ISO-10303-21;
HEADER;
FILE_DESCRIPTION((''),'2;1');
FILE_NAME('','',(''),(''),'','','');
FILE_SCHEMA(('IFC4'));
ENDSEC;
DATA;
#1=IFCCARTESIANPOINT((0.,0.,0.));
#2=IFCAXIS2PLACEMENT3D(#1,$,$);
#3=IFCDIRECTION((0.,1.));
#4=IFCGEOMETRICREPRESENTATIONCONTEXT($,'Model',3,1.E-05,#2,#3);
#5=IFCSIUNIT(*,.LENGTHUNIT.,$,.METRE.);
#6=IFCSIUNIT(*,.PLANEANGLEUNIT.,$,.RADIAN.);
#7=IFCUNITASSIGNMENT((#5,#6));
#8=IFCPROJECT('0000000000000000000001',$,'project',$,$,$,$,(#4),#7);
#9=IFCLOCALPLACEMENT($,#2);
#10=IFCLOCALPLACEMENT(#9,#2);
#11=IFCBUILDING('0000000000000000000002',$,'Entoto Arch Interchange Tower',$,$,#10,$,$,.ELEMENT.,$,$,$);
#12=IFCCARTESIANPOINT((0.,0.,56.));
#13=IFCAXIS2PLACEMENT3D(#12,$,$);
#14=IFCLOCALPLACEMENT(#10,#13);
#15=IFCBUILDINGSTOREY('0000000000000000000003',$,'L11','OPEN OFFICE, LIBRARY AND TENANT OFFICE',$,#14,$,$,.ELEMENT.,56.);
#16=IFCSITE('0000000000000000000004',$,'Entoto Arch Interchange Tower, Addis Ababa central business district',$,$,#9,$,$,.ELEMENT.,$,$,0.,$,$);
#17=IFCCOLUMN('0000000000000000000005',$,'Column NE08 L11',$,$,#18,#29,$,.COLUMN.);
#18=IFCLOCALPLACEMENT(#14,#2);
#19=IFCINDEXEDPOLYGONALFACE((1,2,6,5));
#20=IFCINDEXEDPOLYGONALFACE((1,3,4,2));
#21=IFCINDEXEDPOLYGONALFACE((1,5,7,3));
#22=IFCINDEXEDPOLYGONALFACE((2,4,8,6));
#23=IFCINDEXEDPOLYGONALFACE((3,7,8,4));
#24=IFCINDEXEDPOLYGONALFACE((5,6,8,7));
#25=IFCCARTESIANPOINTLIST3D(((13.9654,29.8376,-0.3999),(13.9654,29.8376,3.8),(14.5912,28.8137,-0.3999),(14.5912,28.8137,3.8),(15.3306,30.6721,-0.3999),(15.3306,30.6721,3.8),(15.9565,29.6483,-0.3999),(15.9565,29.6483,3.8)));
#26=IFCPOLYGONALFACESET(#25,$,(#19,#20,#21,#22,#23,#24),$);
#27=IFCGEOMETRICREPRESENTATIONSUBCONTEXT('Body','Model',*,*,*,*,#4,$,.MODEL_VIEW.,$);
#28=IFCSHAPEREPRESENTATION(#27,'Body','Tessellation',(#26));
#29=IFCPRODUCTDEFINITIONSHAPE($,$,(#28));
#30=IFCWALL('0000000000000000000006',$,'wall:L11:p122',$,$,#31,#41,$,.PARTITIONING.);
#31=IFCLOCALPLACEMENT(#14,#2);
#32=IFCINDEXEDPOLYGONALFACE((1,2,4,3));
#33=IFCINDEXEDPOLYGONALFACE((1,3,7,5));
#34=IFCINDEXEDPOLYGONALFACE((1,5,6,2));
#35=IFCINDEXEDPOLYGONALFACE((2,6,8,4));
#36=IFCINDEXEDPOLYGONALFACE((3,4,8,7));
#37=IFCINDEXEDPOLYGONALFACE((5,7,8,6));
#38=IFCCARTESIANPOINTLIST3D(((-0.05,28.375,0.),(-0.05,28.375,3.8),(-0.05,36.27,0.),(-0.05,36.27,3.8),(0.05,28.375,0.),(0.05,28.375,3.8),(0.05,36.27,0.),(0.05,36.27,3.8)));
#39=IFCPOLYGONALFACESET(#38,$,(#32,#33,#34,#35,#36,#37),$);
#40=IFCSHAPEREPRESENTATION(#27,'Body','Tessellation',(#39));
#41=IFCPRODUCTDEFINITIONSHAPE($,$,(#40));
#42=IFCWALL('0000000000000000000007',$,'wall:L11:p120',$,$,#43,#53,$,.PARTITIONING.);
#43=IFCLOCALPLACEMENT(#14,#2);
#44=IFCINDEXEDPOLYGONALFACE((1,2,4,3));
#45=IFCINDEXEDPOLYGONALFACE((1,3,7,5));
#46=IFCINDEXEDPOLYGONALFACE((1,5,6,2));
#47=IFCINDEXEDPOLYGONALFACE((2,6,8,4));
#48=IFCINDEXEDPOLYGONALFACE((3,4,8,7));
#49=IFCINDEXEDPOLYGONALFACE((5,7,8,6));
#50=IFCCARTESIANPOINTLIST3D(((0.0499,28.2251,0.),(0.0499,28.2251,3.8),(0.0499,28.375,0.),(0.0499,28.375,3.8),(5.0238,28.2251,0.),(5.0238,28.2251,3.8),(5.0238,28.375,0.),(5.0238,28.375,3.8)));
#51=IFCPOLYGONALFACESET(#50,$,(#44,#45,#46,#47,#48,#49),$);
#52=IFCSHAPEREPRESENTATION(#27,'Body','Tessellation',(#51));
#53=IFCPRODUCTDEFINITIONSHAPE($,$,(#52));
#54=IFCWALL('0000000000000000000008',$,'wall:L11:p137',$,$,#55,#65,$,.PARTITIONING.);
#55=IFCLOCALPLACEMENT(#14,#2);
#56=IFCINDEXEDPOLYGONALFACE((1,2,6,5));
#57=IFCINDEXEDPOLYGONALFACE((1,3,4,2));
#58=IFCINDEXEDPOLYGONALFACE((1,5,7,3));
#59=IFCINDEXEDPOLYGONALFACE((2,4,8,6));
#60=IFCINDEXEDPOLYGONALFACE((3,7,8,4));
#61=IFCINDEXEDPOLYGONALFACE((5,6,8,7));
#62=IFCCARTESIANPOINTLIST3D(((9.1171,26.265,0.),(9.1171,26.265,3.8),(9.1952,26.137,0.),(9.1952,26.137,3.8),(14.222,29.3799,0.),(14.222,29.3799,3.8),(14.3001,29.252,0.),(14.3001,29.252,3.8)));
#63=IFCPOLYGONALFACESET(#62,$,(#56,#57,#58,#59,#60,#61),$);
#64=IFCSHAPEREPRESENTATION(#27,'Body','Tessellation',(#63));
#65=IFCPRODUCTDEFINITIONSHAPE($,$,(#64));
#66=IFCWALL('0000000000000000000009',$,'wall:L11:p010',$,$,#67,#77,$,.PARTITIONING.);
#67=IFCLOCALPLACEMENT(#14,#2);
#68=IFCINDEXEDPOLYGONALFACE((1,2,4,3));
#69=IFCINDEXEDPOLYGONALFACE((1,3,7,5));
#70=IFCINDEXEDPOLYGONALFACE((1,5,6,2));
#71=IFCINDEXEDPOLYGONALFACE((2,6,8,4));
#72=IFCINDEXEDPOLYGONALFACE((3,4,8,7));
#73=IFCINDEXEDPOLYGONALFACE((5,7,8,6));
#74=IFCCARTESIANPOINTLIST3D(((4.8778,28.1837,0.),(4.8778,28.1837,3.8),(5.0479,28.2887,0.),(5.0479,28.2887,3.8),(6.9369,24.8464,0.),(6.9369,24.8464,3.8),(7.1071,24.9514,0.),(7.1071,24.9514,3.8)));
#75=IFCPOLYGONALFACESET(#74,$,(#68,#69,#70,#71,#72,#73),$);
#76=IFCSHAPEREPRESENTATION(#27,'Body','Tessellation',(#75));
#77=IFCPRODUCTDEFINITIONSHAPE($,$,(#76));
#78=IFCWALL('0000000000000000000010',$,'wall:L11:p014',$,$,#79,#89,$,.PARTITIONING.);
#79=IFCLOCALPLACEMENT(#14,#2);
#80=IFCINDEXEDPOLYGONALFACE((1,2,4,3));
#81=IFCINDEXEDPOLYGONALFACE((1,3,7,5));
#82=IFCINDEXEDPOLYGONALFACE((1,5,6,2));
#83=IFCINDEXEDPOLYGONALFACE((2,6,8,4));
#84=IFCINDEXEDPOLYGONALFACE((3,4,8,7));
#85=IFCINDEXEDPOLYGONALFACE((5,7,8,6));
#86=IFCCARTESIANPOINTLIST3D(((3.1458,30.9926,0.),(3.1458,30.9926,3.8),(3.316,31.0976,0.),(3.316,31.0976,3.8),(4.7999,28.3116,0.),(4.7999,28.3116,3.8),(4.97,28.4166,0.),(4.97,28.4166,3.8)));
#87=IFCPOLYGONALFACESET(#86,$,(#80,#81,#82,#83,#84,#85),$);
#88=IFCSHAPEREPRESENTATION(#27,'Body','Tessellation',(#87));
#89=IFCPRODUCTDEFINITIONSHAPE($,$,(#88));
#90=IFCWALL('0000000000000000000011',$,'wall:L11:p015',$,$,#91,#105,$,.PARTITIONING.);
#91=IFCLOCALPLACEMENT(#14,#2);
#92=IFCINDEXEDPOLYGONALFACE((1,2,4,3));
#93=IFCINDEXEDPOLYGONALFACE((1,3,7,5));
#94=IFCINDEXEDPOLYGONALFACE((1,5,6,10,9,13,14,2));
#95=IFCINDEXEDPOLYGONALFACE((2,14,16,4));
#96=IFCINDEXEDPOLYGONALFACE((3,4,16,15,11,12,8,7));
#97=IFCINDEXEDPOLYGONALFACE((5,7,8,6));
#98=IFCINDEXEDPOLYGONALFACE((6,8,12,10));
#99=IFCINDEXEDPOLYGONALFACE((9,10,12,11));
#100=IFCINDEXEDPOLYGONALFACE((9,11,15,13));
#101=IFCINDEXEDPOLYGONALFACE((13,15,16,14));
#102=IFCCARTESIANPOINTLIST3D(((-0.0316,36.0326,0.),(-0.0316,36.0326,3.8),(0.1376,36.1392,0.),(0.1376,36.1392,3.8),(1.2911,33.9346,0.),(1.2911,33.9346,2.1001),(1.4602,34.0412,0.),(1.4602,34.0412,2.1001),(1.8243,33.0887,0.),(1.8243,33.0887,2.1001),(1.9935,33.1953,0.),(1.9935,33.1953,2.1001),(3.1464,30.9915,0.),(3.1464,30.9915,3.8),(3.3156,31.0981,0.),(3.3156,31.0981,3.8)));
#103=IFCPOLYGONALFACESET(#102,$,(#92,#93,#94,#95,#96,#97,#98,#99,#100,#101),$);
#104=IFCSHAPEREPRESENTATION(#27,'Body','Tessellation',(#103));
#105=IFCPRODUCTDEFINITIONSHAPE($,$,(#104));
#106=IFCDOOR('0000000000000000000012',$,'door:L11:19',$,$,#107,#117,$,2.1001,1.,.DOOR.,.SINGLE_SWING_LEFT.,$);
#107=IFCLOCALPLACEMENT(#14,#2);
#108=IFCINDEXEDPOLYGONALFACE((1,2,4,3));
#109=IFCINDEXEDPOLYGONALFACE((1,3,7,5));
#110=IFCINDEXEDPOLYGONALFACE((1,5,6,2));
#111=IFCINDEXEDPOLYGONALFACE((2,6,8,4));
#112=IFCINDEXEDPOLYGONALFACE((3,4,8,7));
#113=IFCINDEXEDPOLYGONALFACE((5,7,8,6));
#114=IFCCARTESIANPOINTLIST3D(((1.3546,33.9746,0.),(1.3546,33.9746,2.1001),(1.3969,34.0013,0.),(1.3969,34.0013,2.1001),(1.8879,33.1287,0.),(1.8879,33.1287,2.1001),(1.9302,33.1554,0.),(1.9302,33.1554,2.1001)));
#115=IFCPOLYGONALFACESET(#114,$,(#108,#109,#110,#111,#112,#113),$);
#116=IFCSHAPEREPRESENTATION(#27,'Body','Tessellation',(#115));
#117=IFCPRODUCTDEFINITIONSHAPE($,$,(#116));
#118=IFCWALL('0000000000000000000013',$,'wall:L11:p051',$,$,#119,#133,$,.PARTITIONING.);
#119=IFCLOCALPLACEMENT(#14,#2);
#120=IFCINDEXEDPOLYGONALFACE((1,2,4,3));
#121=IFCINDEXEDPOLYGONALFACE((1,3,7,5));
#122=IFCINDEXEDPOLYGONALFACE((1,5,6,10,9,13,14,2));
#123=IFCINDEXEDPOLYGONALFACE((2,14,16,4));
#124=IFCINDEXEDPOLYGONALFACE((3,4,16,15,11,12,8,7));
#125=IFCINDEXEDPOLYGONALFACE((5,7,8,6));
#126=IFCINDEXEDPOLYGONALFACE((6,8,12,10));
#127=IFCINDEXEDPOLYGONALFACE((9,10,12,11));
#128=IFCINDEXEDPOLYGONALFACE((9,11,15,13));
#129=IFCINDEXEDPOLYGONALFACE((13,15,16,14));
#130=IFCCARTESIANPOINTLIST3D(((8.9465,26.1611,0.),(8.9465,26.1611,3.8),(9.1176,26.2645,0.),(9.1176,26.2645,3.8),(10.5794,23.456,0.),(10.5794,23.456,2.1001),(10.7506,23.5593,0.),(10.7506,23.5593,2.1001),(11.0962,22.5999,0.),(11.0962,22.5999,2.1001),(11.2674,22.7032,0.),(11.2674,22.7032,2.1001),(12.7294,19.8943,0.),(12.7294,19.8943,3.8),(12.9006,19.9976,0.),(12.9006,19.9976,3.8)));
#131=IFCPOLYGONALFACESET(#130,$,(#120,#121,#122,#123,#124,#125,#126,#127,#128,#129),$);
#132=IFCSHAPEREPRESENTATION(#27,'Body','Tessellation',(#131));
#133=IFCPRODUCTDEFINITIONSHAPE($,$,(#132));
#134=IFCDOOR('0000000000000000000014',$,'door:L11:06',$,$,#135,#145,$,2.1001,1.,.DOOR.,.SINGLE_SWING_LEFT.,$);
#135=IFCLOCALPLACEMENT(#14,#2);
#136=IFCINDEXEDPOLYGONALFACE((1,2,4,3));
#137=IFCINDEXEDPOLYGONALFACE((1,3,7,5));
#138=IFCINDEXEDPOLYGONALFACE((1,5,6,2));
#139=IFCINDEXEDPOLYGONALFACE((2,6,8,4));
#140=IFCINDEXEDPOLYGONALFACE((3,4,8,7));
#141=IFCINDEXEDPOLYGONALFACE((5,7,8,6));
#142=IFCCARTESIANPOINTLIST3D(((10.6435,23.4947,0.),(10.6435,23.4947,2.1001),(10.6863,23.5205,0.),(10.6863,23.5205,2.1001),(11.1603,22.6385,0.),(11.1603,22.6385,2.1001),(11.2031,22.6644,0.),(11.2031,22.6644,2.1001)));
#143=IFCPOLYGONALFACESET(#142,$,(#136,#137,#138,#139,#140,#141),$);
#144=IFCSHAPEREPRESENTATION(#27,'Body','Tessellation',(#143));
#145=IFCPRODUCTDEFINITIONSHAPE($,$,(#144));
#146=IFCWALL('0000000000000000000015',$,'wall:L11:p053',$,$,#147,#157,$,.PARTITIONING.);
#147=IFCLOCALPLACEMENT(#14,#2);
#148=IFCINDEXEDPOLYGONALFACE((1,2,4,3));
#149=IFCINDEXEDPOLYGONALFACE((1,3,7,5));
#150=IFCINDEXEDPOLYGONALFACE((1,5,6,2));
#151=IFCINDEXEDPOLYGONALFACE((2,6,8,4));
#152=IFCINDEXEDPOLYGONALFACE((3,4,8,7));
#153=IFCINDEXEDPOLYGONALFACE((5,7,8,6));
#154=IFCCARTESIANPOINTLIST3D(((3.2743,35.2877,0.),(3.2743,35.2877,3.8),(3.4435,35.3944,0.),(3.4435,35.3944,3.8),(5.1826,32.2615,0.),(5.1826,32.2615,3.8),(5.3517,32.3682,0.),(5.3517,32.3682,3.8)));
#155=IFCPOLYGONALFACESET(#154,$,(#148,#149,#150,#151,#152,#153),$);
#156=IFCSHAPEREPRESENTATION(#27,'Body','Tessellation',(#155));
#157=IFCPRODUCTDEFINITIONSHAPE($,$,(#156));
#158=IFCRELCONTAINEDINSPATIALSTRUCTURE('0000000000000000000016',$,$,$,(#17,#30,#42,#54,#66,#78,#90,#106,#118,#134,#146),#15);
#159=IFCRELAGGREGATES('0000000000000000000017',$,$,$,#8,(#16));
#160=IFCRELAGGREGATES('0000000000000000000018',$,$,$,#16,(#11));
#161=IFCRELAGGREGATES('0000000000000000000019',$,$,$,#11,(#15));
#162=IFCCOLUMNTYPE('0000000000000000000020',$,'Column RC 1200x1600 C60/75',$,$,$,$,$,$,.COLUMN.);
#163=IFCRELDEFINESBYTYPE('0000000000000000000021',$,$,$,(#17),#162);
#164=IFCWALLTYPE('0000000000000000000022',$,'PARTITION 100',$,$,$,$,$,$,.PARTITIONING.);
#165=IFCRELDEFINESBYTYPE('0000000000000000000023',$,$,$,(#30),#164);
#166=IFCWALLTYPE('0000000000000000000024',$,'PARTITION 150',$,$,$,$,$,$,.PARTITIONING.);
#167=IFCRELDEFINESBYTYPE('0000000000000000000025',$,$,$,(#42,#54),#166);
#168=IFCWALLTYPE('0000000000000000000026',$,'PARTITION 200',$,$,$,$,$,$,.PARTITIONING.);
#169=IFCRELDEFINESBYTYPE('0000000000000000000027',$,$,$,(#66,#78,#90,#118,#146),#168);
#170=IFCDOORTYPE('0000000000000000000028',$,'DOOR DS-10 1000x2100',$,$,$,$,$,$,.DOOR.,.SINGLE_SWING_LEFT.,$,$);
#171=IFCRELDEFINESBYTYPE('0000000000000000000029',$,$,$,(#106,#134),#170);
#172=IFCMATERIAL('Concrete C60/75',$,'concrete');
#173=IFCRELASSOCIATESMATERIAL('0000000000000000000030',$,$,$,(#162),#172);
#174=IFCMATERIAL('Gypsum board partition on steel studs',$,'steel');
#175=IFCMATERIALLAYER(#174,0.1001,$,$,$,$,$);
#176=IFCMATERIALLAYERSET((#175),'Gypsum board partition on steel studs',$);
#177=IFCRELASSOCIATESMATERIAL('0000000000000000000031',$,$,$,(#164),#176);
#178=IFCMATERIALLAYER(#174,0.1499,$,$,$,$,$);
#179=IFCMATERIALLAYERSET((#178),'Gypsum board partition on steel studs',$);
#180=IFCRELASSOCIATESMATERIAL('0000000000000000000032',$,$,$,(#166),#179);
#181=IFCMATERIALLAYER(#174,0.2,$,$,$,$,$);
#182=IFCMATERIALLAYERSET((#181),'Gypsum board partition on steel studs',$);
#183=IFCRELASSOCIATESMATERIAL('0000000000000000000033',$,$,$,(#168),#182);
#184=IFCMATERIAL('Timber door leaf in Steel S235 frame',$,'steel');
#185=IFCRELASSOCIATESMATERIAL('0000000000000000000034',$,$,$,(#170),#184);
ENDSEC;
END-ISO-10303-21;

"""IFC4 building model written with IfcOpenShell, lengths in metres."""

from ifc_helpers import new_model, si_unit, direction, frame, frame_2d, origin, origin_2d, place, context, subcontext, project, spatial, rectangle, extrude, material, layer, layer_set, material_profile, profile_set, type_object, element, fill, save


model = new_model("IFC4")

# Units and contexts
model_context = context("Model", 3, precision=1e-05, world=origin(), true_north=direction((0.0, 1.0)))
body_context = subcontext(model_context, "Body", "Model", "MODEL_VIEW")
ifc_project = project(units=[si_unit("LENGTHUNIT", "METRE"), si_unit("PLANEANGLEUNIT", "RADIAN")], contexts=[model_context])

# Site, building, storey
site_placement = place(None, origin())
site = spatial("IfcSite", under=ifc_project, at=site_placement, Name="Entoto Arch Interchange Tower, Addis Ababa central business district", CompositionType="ELEMENT", RefElevation=0.0)
building_placement = place(site_placement, origin())
building = spatial("IfcBuilding", under=site, at=building_placement, Name="Entoto Arch Interchange Tower", CompositionType="ELEMENT")
storey_placement = place(building_placement, frame((0.0, 0.0, 56.0)))
storey = spatial("IfcBuildingStorey", under=building, at=storey_placement, Name="L11", Description="OPEN OFFICE, LIBRARY AND TENANT OFFICE", CompositionType="ELEMENT", Elevation=56.0)

# Column
ifc_material_1 = material(Name="Concrete C60/75", Category="concrete")
ifc_material_profile = material_profile(ifc_material_1, rectangle(XDim=1.2, YDim=1.6001, at=origin_2d()))
ifc_profile_set = profile_set([ifc_material_profile], Name="Concrete C60/75")
column_type = type_object("IfcColumnType", Name="Column RC 1200x1600 C60/75", PredefinedType="COLUMN", material=ifc_profile_set)
column_placement = place(storey_placement, frame((14.9609, 29.7429, -0.3999), z_axis=(0.0, 0.0, 1.0), x_axis=(-0.521546, 0.853223, 0.0)))
element("IfcColumn", 1, at=column_placement, inside=storey, type_object=column_type, Name="Column NE08 L11", PredefinedType="COLUMN", context=body_context, shape_type="SweptSolid", body=[
    extrude(rectangle(XDim=1.2, YDim=1.6001, at=origin_2d()), origin(), (0.0, 0.0, 1.0), 4.2),
])

# Walls
ifc_material_2 = material(Name="Gypsum board partition on steel studs", Category="steel")
ifc_layer_1 = layer(ifc_material_2, 0.1001)
ifc_layer_set_1 = layer_set([ifc_layer_1], Name="Gypsum board partition on steel studs")
wall_type_1 = type_object("IfcWallType", Name="PARTITION 100", PredefinedType="PARTITIONING", material=ifc_layer_set_1)
wall_1_placement = place(storey_placement, frame((0.0, 28.375, 0.0), z_axis=(0.0, 0.0, 1.0), x_axis=(0.0, 1.0, 0.0)))
element("IfcWall", 2, at=wall_1_placement, inside=storey, type_object=wall_type_1, Name="wall:L11:p122", PredefinedType="PARTITIONING", context=body_context, shape_type="SweptSolid", body=[
    extrude(rectangle(XDim=7.895, YDim=0.1001, at=frame_2d((3.9475, 0.0))), origin(), (0.0, 0.0, 1.0), 3.8),
])
ifc_layer_2 = layer(ifc_material_2, 0.1499)
ifc_layer_set_2 = layer_set([ifc_layer_2], Name="Gypsum board partition on steel studs")
wall_type_2 = type_object("IfcWallType", Name="PARTITION 150", PredefinedType="PARTITIONING", material=ifc_layer_set_2)
wall_2_placement = place(storey_placement, frame((0.05, 28.3, 0.0), z_axis=(0.0, 0.0, 1.0), x_axis=(1.0, 0.0, 0.0)))
element("IfcWall", 3, at=wall_2_placement, inside=storey, type_object=wall_type_2, Name="wall:L11:p120", PredefinedType="PARTITIONING", context=body_context, shape_type="SweptSolid", body=[
    extrude(rectangle(XDim=4.9739, YDim=0.1499, at=frame_2d((2.4868, 0.0))), origin(), (0.0, 0.0, 1.0), 3.8),
])
wall_3_placement = place(storey_placement, frame((9.156, 26.2009, 0.0), z_axis=(0.0, 0.0, 1.0), x_axis=(0.853633, 0.520875, 0.0)))
element("IfcWall", 4, at=wall_3_placement, inside=storey, type_object=wall_type_2, Name="wall:L11:p137", PredefinedType="PARTITIONING", context=body_context, shape_type="SweptSolid", body=[
    extrude(rectangle(XDim=5.9802, YDim=0.1499, at=frame_2d((2.9902, 0.0))), origin(), (0.0, 0.0, 1.0), 3.8),
])
ifc_layer_3 = layer(ifc_material_2, 0.2)
ifc_layer_set_3 = layer_set([ifc_layer_3], Name="Gypsum board partition on steel studs")
wall_type_3 = type_object("IfcWallType", Name="PARTITION 200", PredefinedType="PARTITIONING", material=ifc_layer_set_3)
wall_4_placement = place(storey_placement, frame((7.022, 24.8989, 0.0), z_axis=(0.0, 0.0, 1.0), x_axis=(-0.525104, 0.851038, 0.0)))
element("IfcWall", 5, at=wall_4_placement, inside=storey, type_object=wall_type_3, Name="wall:L11:p010", PredefinedType="PARTITIONING", context=body_context, shape_type="SweptSolid", body=[
    extrude(rectangle(XDim=3.9214, YDim=0.2, at=frame_2d((1.9607, 0.0))), origin(), (0.0, 0.0, 1.0), 3.8),
])
wall_5_placement = place(storey_placement, frame((4.885, 28.364, 0.0), z_axis=(0.0, 0.0, 1.0), x_axis=(-0.525079, 0.851054, 0.0)))
element("IfcWall", 6, at=wall_5_placement, inside=storey, type_object=wall_type_3, Name="wall:L11:p014", PredefinedType="PARTITIONING", context=body_context, shape_type="SweptSolid", body=[
    extrude(rectangle(XDim=3.1501, YDim=0.2, at=frame_2d((1.5752, 0.0))), origin(), (0.0, 0.0, 1.0), 3.8),
])

# Walls, openings, doors
wall_6_placement = place(storey_placement, frame((3.231, 31.0449, 0.0), z_axis=(0.0, 0.0, 1.0), x_axis=(-0.533295, 0.84593, 0.0)))
wall_6 = element("IfcWall", 7, at=wall_6_placement, inside=storey, type_object=wall_type_3, Name="wall:L11:p015", PredefinedType="PARTITIONING", context=body_context, shape_type="SweptSolid", body=[
    extrude(rectangle(XDim=5.9592, YDim=0.2, at=frame_2d((2.9795, 0.0))), origin(), (0.0, 0.0, 1.0), 3.8),
])
opening_1_placement = place(wall_6_placement, frame((2.479, 0.0, 0.0)))
opening_1 = element("IfcOpeningElement", 8, at=opening_1_placement, cuts=wall_6, PredefinedType="OPENING", context=body_context, shape_type="SweptSolid", body=[
    extrude(rectangle(XDim=1.0, YDim=2.1001, at=frame_2d((0.5, 1.05))), frame((0.0, 0.1099, 0.0), z_axis=(0.0, -1.0, 0.0), x_axis=(1.0, 0.0, 0.0)), (0.0, 0.0, 1.0), 0.22),
])
ifc_material_3 = material(Name="Timber door leaf in Steel S235 frame", Category="steel")
door_type = type_object("IfcDoorType", Name="DOOR DS-10 1000x2100", OperationType="SINGLE_SWING_LEFT", PredefinedType="DOOR", material=ifc_material_3)
door_1_placement = place(opening_1_placement, origin())
door_1 = element("IfcDoor", 9, at=door_1_placement, inside=storey, type_object=door_type, Name="door:L11:19", OperationType="SINGLE_SWING_LEFT", OverallHeight=2.1001, OverallWidth=1.0, PredefinedType="DOOR", context=body_context, shape_type="SweptSolid", body=[
    extrude(rectangle(XDim=1.0, YDim=2.1001, at=frame_2d((0.5, 1.05))), frame((0.0, 0.0249, 0.0), z_axis=(0.0, -1.0, 0.0), x_axis=(1.0, 0.0, 0.0)), (0.0, 0.0, 1.0), 0.05),
])
fill(opening_1, door_1)
wall_7_placement = place(storey_placement, frame((9.032, 26.2129, 0.0), z_axis=(0.0, 0.0, 1.0), x_axis=(0.516789, -0.856113, 0.0)))
wall_7 = element("IfcWall", 10, at=wall_7_placement, inside=storey, type_object=wall_type_3, Name="wall:L11:p051", PredefinedType="PARTITIONING", context=body_context, shape_type="SweptSolid", body=[
    extrude(rectangle(XDim=7.3201, YDim=0.2, at=frame_2d((3.6602, 0.0))), origin(), (0.0, 0.0, 1.0), 3.8),
])
opening_2_placement = place(wall_7_placement, frame((3.1599, 0.0, 0.0)))
opening_2 = element("IfcOpeningElement", 11, at=opening_2_placement, cuts=wall_7, PredefinedType="OPENING", context=body_context, shape_type="SweptSolid", body=[
    extrude(rectangle(XDim=1.0, YDim=2.1001, at=frame_2d((0.5, 1.05))), frame((0.0, 0.1099, 0.0), z_axis=(0.0, -1.0, 0.0), x_axis=(1.0, 0.0, 0.0)), (0.0, 0.0, 1.0), 0.22),
])
door_2_placement = place(opening_2_placement, origin())
door_2 = element("IfcDoor", 12, at=door_2_placement, inside=storey, type_object=door_type, Name="door:L11:06", OperationType="SINGLE_SWING_LEFT", OverallHeight=2.1001, OverallWidth=1.0, PredefinedType="DOOR", context=body_context, shape_type="SweptSolid", body=[
    extrude(rectangle(XDim=1.0, YDim=2.1001, at=frame_2d((0.5, 1.05))), frame((0.0, 0.0249, 0.0), z_axis=(0.0, -1.0, 0.0), x_axis=(1.0, 0.0, 0.0)), (0.0, 0.0, 1.0), 0.05),
])
fill(opening_2, door_2)

# Wall
wall_8_placement = place(storey_placement, frame((3.3589, 35.3411, 0.0), z_axis=(0.0, 0.0, 1.0), x_axis=(0.533387, -0.845871, 0.0)))
element("IfcWall", 13, at=wall_8_placement, inside=storey, type_object=wall_type_3, Name="wall:L11:p053", PredefinedType="PARTITIONING", context=body_context, shape_type="SweptSolid", body=[
    extrude(rectangle(XDim=3.5776, YDim=0.2, at=frame_2d((1.7888, 0.0))), origin(), (0.0, 0.0, 1.0), 3.8),
])

save(model, "model.ifc")
